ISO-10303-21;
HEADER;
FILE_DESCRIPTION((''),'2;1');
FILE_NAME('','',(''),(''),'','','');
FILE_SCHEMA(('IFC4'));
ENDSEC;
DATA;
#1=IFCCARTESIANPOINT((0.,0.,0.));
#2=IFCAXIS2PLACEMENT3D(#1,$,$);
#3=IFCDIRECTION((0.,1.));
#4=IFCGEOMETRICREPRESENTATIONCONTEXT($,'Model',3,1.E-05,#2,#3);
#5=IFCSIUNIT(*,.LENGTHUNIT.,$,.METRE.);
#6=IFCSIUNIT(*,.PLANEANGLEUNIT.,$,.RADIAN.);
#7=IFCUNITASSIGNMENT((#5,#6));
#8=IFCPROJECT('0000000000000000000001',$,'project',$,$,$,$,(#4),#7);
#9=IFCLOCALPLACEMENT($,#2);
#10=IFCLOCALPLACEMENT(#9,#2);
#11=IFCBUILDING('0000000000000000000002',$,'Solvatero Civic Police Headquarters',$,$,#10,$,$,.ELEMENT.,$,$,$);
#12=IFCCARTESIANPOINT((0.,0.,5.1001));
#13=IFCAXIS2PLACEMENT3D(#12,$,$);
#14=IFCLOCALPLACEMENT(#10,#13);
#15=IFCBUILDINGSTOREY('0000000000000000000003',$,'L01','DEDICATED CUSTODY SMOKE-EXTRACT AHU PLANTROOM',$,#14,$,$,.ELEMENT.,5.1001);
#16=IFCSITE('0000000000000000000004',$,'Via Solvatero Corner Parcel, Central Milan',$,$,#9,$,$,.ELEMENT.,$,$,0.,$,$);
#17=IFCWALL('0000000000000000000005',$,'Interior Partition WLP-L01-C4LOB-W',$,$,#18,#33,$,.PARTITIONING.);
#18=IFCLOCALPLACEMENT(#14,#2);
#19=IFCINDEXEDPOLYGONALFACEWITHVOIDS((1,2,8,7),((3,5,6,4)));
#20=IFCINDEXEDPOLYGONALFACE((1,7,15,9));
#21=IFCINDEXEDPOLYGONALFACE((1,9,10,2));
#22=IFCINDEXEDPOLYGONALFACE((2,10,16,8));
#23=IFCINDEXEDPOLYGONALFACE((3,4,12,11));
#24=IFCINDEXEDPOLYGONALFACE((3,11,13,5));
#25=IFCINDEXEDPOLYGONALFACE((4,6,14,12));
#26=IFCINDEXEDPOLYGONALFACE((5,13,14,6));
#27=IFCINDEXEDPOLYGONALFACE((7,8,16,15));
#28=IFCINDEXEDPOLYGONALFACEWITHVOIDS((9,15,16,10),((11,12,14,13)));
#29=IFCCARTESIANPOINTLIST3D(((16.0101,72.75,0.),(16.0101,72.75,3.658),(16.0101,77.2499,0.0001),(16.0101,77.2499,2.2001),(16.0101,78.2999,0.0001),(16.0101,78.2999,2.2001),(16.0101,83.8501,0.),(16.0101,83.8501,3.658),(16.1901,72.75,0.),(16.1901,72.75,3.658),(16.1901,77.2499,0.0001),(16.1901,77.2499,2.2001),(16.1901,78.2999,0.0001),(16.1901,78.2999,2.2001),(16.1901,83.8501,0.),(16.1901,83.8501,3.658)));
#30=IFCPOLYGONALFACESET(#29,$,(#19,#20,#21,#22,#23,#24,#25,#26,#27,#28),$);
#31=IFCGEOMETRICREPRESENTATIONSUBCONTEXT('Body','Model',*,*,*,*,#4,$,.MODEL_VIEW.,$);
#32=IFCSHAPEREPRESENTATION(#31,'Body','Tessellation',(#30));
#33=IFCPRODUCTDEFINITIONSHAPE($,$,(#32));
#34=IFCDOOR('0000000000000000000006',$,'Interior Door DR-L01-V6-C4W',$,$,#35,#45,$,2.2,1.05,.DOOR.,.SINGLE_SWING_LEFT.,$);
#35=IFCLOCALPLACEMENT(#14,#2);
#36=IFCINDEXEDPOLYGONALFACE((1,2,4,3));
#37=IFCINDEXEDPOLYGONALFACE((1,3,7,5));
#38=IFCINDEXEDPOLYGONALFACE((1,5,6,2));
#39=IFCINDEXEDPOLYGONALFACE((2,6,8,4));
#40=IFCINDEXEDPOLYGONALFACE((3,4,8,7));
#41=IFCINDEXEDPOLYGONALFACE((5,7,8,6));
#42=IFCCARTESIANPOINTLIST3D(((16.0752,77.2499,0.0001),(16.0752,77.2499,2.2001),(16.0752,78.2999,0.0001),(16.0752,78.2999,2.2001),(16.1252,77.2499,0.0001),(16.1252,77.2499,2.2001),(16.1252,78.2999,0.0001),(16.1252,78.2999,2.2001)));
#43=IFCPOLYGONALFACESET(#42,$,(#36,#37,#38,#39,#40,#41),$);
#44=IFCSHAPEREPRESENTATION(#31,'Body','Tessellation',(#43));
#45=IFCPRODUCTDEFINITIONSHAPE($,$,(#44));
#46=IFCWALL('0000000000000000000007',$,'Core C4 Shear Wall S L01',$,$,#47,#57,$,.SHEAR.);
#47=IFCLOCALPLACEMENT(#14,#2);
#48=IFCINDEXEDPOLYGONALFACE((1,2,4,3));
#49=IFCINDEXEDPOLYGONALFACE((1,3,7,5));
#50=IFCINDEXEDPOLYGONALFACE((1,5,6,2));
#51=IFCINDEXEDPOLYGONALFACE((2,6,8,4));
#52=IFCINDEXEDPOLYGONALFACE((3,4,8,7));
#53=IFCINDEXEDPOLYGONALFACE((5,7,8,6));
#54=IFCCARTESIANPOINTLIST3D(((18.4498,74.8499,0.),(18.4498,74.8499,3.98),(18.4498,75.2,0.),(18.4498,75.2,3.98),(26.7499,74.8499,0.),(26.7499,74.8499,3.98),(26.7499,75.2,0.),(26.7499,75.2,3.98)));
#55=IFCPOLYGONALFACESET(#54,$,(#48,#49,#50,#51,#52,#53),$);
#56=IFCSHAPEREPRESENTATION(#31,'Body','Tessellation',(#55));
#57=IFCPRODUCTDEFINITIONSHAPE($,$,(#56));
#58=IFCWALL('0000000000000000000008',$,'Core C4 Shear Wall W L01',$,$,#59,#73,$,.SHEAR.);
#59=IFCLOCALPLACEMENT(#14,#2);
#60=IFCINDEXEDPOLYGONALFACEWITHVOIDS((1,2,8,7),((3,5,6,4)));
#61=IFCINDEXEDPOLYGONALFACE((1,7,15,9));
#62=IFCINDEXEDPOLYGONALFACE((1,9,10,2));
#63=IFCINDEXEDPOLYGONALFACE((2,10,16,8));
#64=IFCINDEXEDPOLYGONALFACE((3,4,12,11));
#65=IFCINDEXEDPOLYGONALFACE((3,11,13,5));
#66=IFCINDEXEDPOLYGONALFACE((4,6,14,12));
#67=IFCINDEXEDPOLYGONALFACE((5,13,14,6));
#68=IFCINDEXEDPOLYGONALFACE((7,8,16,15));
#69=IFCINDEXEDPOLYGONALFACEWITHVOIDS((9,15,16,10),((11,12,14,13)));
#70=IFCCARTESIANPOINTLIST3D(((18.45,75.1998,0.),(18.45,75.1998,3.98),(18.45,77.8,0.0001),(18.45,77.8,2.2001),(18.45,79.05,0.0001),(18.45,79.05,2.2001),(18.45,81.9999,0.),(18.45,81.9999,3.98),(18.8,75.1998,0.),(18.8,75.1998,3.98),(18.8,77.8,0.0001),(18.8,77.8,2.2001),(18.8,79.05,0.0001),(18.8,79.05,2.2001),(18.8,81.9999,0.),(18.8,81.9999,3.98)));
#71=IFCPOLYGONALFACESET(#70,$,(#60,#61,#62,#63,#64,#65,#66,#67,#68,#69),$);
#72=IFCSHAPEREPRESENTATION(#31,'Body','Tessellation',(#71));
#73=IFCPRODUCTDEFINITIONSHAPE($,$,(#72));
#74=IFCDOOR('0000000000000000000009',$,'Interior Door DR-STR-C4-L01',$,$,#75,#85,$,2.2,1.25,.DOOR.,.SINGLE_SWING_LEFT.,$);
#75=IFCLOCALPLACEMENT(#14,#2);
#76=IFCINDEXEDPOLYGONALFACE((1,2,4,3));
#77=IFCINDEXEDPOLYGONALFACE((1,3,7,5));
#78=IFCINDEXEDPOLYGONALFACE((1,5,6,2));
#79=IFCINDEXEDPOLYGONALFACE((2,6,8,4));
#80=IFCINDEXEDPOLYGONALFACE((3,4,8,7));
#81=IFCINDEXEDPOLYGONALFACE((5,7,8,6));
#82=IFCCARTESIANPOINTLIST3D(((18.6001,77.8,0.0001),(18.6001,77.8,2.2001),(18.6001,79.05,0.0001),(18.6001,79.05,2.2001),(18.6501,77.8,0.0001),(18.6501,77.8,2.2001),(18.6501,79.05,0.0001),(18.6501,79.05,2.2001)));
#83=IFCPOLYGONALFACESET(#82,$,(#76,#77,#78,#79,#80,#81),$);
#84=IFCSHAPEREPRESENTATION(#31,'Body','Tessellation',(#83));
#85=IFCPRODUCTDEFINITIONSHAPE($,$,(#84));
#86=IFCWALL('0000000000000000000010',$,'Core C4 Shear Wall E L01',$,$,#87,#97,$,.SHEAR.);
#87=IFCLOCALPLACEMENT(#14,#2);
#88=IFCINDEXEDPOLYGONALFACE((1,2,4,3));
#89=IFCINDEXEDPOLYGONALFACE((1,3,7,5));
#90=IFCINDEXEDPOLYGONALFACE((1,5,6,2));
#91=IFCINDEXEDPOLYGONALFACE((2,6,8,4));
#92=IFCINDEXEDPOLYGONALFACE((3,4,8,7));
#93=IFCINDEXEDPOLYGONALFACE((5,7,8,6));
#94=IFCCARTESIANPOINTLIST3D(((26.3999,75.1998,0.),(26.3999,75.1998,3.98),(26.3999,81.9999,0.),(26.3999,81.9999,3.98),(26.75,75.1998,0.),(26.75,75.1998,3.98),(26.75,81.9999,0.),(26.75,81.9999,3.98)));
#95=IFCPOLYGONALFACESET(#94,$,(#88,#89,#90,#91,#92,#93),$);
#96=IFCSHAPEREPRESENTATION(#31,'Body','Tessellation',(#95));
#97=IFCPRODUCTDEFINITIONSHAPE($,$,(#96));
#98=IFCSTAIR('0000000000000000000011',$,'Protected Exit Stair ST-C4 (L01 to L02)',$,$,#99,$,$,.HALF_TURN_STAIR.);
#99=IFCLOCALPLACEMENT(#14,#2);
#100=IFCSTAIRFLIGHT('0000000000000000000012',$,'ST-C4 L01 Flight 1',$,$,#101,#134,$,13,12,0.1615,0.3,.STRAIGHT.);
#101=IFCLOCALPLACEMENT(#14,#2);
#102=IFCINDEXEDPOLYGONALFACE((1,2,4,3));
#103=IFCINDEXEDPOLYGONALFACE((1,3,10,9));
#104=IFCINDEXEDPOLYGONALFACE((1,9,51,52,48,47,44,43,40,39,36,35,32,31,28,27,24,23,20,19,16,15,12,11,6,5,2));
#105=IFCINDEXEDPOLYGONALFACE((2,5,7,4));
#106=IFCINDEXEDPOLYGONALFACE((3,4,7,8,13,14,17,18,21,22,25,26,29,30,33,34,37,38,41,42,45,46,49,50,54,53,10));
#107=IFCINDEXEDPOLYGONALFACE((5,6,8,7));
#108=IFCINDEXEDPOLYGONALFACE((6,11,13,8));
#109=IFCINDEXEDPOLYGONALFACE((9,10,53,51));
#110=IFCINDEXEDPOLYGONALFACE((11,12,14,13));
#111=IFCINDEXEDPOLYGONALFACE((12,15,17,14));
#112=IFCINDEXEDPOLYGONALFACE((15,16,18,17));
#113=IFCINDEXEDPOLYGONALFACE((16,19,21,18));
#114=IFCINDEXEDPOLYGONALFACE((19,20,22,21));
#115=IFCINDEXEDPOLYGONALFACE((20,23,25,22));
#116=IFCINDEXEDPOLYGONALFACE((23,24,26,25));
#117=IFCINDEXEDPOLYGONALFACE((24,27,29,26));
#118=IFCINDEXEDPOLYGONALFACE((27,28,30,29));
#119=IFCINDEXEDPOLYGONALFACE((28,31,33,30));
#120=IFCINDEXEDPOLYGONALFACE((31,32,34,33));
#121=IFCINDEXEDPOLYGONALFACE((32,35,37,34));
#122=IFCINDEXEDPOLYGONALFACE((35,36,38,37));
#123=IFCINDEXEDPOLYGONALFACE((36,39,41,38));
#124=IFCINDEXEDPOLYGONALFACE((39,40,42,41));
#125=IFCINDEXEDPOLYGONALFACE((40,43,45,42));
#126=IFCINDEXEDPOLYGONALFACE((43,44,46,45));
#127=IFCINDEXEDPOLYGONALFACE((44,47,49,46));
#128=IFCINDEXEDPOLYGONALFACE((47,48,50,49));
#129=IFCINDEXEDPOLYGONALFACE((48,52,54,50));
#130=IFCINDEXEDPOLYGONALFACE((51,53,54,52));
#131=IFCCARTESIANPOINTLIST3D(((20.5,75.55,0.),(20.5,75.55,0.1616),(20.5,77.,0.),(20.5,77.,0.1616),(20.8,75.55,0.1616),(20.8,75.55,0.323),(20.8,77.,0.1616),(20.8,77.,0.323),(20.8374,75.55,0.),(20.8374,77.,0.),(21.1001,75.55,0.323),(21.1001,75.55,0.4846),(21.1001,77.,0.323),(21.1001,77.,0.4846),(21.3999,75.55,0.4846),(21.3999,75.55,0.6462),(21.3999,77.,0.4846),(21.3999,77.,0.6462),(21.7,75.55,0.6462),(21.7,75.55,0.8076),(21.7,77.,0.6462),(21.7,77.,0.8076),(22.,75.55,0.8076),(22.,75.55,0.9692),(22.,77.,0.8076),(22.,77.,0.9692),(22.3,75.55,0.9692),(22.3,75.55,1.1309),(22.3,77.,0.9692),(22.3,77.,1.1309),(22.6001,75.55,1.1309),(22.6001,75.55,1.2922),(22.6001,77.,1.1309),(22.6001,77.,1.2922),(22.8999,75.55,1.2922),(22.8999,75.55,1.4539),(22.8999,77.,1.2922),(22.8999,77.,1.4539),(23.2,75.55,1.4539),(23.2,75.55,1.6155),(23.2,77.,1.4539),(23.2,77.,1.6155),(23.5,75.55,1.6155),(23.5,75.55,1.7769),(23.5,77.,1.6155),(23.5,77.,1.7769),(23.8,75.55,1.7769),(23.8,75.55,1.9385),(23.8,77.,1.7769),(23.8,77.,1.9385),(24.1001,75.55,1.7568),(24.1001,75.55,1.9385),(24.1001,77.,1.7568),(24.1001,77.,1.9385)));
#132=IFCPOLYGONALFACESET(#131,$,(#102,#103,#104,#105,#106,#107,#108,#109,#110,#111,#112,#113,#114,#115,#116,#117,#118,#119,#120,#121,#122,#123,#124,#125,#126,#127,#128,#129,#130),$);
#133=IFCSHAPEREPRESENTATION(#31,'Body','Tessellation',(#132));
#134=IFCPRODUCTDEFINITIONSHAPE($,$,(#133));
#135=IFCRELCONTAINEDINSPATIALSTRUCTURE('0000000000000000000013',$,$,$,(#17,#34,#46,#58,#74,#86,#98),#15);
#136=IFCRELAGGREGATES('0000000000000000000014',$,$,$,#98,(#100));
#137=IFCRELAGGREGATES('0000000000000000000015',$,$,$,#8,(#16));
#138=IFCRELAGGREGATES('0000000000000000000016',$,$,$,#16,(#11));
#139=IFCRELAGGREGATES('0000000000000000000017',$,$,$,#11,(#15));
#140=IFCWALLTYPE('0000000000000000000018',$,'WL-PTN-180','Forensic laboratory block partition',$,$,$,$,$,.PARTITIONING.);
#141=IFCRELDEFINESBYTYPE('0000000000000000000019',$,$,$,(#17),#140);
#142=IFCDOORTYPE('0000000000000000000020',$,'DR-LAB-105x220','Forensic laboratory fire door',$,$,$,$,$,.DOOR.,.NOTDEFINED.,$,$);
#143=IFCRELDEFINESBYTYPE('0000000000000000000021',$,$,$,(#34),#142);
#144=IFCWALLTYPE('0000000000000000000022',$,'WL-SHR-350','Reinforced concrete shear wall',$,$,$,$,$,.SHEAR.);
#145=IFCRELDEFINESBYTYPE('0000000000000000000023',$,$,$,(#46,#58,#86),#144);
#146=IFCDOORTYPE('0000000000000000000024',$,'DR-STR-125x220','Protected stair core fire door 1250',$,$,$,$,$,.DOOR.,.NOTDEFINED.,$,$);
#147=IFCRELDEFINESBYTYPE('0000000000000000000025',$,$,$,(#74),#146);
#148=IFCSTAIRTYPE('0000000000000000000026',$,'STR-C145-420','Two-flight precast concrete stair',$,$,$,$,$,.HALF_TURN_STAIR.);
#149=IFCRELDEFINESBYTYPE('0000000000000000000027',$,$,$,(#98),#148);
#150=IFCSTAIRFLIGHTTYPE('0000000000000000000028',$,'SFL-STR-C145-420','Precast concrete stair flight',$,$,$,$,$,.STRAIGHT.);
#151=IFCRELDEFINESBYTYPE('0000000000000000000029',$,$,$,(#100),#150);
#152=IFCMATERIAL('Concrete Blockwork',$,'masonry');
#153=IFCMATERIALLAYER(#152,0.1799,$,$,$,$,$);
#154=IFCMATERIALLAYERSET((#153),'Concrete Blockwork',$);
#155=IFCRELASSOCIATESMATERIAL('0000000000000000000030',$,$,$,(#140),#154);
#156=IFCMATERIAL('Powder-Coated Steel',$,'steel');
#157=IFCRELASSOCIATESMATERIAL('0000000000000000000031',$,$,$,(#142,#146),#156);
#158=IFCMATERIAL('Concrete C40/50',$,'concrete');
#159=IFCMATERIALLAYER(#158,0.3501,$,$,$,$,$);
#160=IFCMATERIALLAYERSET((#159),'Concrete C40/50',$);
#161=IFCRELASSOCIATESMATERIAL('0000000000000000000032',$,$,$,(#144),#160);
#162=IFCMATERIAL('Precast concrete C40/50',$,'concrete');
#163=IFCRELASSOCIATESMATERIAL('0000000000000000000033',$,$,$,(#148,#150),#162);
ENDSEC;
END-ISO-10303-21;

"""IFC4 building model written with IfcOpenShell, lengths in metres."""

from ifc_helpers import new_model, si_unit, direction, frame, frame_2d, origin, place, context, subcontext, project, spatial, polyline, rectangle, outline, extrude, material, layer, layer_set, type_object, element, fill, aggregate, save


model = new_model("IFC4")

# Units and contexts
model_context = context("Model", 3, precision=1e-05, world=origin(), true_north=direction((0.0, 1.0)))
body_context = subcontext(model_context, "Body", "Model", "MODEL_VIEW")
ifc_project = project(units=[si_unit("LENGTHUNIT", "METRE"), si_unit("PLANEANGLEUNIT", "RADIAN")], contexts=[model_context])

# Site, building, storey
site_placement = place(None, origin())
site = spatial("IfcSite", under=ifc_project, at=site_placement, Name="Via Solvatero Corner Parcel, Central Milan", CompositionType="ELEMENT", RefElevation=0.0)
building_placement = place(site_placement, origin())
building = spatial("IfcBuilding", under=site, at=building_placement, Name="Solvatero Civic Police Headquarters", CompositionType="ELEMENT")
storey_placement = place(building_placement, frame((0.0, 0.0, 5.1001)))
storey = spatial("IfcBuildingStorey", under=building, at=storey_placement, Name="L01", Description="DEDICATED CUSTODY SMOKE-EXTRACT AHU PLANTROOM", CompositionType="ELEMENT", Elevation=5.1001)

# Wall, opening, door
ifc_material_1 = material(Name="Concrete Blockwork", Category="masonry")
ifc_layer_1 = layer(ifc_material_1, 0.1799)
ifc_layer_set_1 = layer_set([ifc_layer_1], Name="Concrete Blockwork")
wall_type_1 = type_object("IfcWallType", Name="WL-PTN-180", Description="Forensic laboratory block partition", PredefinedType="PARTITIONING", material=ifc_layer_set_1)
wall_1_placement = place(storey_placement, frame((16.1001, 72.75, 0.0), z_axis=(0.0, 0.0, 1.0), x_axis=(0.0, 1.0, 0.0)))
wall_1 = element("IfcWall", 1, at=wall_1_placement, inside=storey, type_object=wall_type_1, Name="Interior Partition WLP-L01-C4LOB-W", PredefinedType="PARTITIONING", context=body_context, shape_type="SweptSolid", body=[
    extrude(rectangle(XDim=11.1001, YDim=0.1799, at=frame_2d((5.55, 0.0))), origin(), (0.0, 0.0, 1.0), 3.658),
])
opening_1_placement = place(wall_1_placement, frame((4.5, 0.0, 0.0)))
opening_1 = element("IfcOpeningElement", 2, at=opening_1_placement, cuts=wall_1, PredefinedType="OPENING", context=body_context, shape_type="SweptSolid", body=[
    extrude(rectangle(XDim=1.05, YDim=2.2, at=frame_2d((0.5249, 1.1001))), frame((0.0, 0.0999, 0.0), z_axis=(0.0, -1.0, 0.0), x_axis=(1.0, 0.0, 0.0)), (0.0, 0.0, 1.0), 0.2),
])
ifc_material_2 = material(Name="Powder-Coated Steel", Category="steel")
door_type_1 = type_object("IfcDoorType", Name="DR-LAB-105x220", Description="Forensic laboratory fire door", OperationType="NOTDEFINED", PredefinedType="DOOR", material=ifc_material_2)
door_1_placement = place(opening_1_placement, origin())
door_1 = element("IfcDoor", 3, at=door_1_placement, inside=storey, type_object=door_type_1, Name="Interior Door DR-L01-V6-C4W", OperationType="SINGLE_SWING_LEFT", OverallHeight=2.2, OverallWidth=1.05, PredefinedType="DOOR", context=body_context, shape_type="SweptSolid", body=[
    extrude(rectangle(XDim=1.05, YDim=2.2, at=frame_2d((0.5249, 1.1001))), frame((0.0, 0.0249, 0.0), z_axis=(0.0, -1.0, 0.0), x_axis=(1.0, 0.0, 0.0)), (0.0, 0.0, 1.0), 0.05),
])
fill(opening_1, door_1)

# Wall
ifc_material_3 = material(Name="Concrete C40/50", Category="concrete")
ifc_layer_2 = layer(ifc_material_3, 0.3501)
ifc_layer_set_2 = layer_set([ifc_layer_2], Name="Concrete C40/50")
wall_type_2 = type_object("IfcWallType", Name="WL-SHR-350", Description="Reinforced concrete shear wall", PredefinedType="SHEAR", material=ifc_layer_set_2)
wall_2_placement = place(storey_placement, frame((18.45, 75.0249, 0.0), z_axis=(0.0, 0.0, 1.0), x_axis=(1.0, 0.0, 0.0)))
element("IfcWall", 4, at=wall_2_placement, inside=storey, type_object=wall_type_2, Name="Core C4 Shear Wall S L01", PredefinedType="SHEAR", context=body_context, shape_type="SweptSolid", body=[
    extrude(rectangle(XDim=8.3, YDim=0.3501, at=frame_2d((4.1499, 0.0))), origin(), (0.0, 0.0, 1.0), 3.98),
])

# Wall, opening, door
wall_3_placement = place(storey_placement, frame((18.625, 75.2, 0.0), z_axis=(0.0, 0.0, 1.0), x_axis=(0.0, 1.0, 0.0)))
wall_3 = element("IfcWall", 5, at=wall_3_placement, inside=storey, type_object=wall_type_2, Name="Core C4 Shear Wall W L01", PredefinedType="SHEAR", context=body_context, shape_type="SweptSolid", body=[
    extrude(rectangle(XDim=6.8, YDim=0.3501, at=frame_2d((3.3999, 0.0))), origin(), (0.0, 0.0, 1.0), 3.98),
])
opening_2_placement = place(wall_3_placement, frame((2.6001, 0.0, 0.0)))
opening_2 = element("IfcOpeningElement", 6, at=opening_2_placement, cuts=wall_3, PredefinedType="OPENING", context=body_context, shape_type="SweptSolid", body=[
    extrude(rectangle(XDim=1.25, YDim=2.2, at=frame_2d((0.625, 1.1001))), frame((0.0, 0.1851, 0.0), z_axis=(0.0, -1.0, 0.0), x_axis=(1.0, 0.0, 0.0)), (0.0, 0.0, 1.0), 0.3701),
])
door_type_2 = type_object("IfcDoorType", Name="DR-STR-125x220", Description="Protected stair core fire door 1250", OperationType="NOTDEFINED", PredefinedType="DOOR", material=ifc_material_2)
door_2_placement = place(opening_2_placement, origin())
door_2 = element("IfcDoor", 7, at=door_2_placement, inside=storey, type_object=door_type_2, Name="Interior Door DR-STR-C4-L01", OperationType="SINGLE_SWING_LEFT", OverallHeight=2.2, OverallWidth=1.25, PredefinedType="DOOR", context=body_context, shape_type="SweptSolid", body=[
    extrude(rectangle(XDim=1.25, YDim=2.2, at=frame_2d((0.625, 1.1001))), frame((0.0, 0.0249, 0.0), z_axis=(0.0, -1.0, 0.0), x_axis=(1.0, 0.0, 0.0)), (0.0, 0.0, 1.0), 0.05),
])
fill(opening_2, door_2)

# Wall
wall_4_placement = place(storey_placement, frame((26.575, 75.2, 0.0), z_axis=(0.0, 0.0, 1.0), x_axis=(0.0, 1.0, 0.0)))
element("IfcWall", 8, at=wall_4_placement, inside=storey, type_object=wall_type_2, Name="Core C4 Shear Wall E L01", PredefinedType="SHEAR", context=body_context, shape_type="SweptSolid", body=[
    extrude(rectangle(XDim=6.8, YDim=0.3501, at=frame_2d((3.3999, 0.0))), origin(), (0.0, 0.0, 1.0), 3.98),
])

# Stair, stair flight
ifc_material_4 = material(Name="Precast concrete C40/50", Category="concrete")
stair_type = type_object("IfcStairType", Name="STR-C145-420", Description="Two-flight precast concrete stair", PredefinedType="HALF_TURN_STAIR", material=ifc_material_4)
stair_placement = place(storey_placement, origin())
stair = element("IfcStair", 9, at=stair_placement, inside=storey, type_object=stair_type, Name="Protected Exit Stair ST-C4 (L01 to L02)", PredefinedType="HALF_TURN_STAIR")
stair_flight_type = type_object("IfcStairFlightType", Name="SFL-STR-C145-420", Description="Precast concrete stair flight", PredefinedType="STRAIGHT", material=ifc_material_4)
stair_flight_placement = place(storey_placement, frame((20.5, 76.2749, 0.0), z_axis=(0.0, 0.0, 1.0), x_axis=(1.0, 0.0, 0.0)))
stair_flight = element("IfcStairFlight", 10, at=stair_flight_placement, type_object=stair_flight_type, Name="ST-C4 L01 Flight 1", NumberOfRisers=13, NumberOfTreads=12, PredefinedType="STRAIGHT", RiserHeight=0.1615, TreadLength=0.3, context=body_context, shape_type="SweptSolid", body=[
    extrude(outline(polyline([(0.0, 0.0), (0.0, 0.1616), (0.3, 0.1616), (0.3, 0.323), (0.6001, 0.323), (0.6001, 0.4846), (0.8999, 0.4846), (0.8999, 0.6462), (1.2, 0.6462), (1.2, 0.8076), (1.5, 0.8076), (1.5, 0.9692), (1.8, 0.9692), (1.8, 1.1309), (2.1001, 1.1309), (2.1001, 1.2922), (2.3999, 1.2922), (2.3999, 1.4539), (2.7, 1.4539), (2.7, 1.6155), (3.0, 1.6155), (3.0, 1.7769), (3.3, 1.7769), (3.3, 1.9385), (3.6001, 1.9385), (3.6001, 2.1001), (3.6001, 1.7568), (0.3374, 0.0), (0.0, 0.0)])), frame((0.0, 0.7251, 0.0), z_axis=(0.0, -1.0, 0.0), x_axis=(1.0, 0.0, 0.0)), (0.0, 0.0, 1.0), 1.45),
])
aggregate(stair, [stair_flight])

save(model, "model.ifc")
